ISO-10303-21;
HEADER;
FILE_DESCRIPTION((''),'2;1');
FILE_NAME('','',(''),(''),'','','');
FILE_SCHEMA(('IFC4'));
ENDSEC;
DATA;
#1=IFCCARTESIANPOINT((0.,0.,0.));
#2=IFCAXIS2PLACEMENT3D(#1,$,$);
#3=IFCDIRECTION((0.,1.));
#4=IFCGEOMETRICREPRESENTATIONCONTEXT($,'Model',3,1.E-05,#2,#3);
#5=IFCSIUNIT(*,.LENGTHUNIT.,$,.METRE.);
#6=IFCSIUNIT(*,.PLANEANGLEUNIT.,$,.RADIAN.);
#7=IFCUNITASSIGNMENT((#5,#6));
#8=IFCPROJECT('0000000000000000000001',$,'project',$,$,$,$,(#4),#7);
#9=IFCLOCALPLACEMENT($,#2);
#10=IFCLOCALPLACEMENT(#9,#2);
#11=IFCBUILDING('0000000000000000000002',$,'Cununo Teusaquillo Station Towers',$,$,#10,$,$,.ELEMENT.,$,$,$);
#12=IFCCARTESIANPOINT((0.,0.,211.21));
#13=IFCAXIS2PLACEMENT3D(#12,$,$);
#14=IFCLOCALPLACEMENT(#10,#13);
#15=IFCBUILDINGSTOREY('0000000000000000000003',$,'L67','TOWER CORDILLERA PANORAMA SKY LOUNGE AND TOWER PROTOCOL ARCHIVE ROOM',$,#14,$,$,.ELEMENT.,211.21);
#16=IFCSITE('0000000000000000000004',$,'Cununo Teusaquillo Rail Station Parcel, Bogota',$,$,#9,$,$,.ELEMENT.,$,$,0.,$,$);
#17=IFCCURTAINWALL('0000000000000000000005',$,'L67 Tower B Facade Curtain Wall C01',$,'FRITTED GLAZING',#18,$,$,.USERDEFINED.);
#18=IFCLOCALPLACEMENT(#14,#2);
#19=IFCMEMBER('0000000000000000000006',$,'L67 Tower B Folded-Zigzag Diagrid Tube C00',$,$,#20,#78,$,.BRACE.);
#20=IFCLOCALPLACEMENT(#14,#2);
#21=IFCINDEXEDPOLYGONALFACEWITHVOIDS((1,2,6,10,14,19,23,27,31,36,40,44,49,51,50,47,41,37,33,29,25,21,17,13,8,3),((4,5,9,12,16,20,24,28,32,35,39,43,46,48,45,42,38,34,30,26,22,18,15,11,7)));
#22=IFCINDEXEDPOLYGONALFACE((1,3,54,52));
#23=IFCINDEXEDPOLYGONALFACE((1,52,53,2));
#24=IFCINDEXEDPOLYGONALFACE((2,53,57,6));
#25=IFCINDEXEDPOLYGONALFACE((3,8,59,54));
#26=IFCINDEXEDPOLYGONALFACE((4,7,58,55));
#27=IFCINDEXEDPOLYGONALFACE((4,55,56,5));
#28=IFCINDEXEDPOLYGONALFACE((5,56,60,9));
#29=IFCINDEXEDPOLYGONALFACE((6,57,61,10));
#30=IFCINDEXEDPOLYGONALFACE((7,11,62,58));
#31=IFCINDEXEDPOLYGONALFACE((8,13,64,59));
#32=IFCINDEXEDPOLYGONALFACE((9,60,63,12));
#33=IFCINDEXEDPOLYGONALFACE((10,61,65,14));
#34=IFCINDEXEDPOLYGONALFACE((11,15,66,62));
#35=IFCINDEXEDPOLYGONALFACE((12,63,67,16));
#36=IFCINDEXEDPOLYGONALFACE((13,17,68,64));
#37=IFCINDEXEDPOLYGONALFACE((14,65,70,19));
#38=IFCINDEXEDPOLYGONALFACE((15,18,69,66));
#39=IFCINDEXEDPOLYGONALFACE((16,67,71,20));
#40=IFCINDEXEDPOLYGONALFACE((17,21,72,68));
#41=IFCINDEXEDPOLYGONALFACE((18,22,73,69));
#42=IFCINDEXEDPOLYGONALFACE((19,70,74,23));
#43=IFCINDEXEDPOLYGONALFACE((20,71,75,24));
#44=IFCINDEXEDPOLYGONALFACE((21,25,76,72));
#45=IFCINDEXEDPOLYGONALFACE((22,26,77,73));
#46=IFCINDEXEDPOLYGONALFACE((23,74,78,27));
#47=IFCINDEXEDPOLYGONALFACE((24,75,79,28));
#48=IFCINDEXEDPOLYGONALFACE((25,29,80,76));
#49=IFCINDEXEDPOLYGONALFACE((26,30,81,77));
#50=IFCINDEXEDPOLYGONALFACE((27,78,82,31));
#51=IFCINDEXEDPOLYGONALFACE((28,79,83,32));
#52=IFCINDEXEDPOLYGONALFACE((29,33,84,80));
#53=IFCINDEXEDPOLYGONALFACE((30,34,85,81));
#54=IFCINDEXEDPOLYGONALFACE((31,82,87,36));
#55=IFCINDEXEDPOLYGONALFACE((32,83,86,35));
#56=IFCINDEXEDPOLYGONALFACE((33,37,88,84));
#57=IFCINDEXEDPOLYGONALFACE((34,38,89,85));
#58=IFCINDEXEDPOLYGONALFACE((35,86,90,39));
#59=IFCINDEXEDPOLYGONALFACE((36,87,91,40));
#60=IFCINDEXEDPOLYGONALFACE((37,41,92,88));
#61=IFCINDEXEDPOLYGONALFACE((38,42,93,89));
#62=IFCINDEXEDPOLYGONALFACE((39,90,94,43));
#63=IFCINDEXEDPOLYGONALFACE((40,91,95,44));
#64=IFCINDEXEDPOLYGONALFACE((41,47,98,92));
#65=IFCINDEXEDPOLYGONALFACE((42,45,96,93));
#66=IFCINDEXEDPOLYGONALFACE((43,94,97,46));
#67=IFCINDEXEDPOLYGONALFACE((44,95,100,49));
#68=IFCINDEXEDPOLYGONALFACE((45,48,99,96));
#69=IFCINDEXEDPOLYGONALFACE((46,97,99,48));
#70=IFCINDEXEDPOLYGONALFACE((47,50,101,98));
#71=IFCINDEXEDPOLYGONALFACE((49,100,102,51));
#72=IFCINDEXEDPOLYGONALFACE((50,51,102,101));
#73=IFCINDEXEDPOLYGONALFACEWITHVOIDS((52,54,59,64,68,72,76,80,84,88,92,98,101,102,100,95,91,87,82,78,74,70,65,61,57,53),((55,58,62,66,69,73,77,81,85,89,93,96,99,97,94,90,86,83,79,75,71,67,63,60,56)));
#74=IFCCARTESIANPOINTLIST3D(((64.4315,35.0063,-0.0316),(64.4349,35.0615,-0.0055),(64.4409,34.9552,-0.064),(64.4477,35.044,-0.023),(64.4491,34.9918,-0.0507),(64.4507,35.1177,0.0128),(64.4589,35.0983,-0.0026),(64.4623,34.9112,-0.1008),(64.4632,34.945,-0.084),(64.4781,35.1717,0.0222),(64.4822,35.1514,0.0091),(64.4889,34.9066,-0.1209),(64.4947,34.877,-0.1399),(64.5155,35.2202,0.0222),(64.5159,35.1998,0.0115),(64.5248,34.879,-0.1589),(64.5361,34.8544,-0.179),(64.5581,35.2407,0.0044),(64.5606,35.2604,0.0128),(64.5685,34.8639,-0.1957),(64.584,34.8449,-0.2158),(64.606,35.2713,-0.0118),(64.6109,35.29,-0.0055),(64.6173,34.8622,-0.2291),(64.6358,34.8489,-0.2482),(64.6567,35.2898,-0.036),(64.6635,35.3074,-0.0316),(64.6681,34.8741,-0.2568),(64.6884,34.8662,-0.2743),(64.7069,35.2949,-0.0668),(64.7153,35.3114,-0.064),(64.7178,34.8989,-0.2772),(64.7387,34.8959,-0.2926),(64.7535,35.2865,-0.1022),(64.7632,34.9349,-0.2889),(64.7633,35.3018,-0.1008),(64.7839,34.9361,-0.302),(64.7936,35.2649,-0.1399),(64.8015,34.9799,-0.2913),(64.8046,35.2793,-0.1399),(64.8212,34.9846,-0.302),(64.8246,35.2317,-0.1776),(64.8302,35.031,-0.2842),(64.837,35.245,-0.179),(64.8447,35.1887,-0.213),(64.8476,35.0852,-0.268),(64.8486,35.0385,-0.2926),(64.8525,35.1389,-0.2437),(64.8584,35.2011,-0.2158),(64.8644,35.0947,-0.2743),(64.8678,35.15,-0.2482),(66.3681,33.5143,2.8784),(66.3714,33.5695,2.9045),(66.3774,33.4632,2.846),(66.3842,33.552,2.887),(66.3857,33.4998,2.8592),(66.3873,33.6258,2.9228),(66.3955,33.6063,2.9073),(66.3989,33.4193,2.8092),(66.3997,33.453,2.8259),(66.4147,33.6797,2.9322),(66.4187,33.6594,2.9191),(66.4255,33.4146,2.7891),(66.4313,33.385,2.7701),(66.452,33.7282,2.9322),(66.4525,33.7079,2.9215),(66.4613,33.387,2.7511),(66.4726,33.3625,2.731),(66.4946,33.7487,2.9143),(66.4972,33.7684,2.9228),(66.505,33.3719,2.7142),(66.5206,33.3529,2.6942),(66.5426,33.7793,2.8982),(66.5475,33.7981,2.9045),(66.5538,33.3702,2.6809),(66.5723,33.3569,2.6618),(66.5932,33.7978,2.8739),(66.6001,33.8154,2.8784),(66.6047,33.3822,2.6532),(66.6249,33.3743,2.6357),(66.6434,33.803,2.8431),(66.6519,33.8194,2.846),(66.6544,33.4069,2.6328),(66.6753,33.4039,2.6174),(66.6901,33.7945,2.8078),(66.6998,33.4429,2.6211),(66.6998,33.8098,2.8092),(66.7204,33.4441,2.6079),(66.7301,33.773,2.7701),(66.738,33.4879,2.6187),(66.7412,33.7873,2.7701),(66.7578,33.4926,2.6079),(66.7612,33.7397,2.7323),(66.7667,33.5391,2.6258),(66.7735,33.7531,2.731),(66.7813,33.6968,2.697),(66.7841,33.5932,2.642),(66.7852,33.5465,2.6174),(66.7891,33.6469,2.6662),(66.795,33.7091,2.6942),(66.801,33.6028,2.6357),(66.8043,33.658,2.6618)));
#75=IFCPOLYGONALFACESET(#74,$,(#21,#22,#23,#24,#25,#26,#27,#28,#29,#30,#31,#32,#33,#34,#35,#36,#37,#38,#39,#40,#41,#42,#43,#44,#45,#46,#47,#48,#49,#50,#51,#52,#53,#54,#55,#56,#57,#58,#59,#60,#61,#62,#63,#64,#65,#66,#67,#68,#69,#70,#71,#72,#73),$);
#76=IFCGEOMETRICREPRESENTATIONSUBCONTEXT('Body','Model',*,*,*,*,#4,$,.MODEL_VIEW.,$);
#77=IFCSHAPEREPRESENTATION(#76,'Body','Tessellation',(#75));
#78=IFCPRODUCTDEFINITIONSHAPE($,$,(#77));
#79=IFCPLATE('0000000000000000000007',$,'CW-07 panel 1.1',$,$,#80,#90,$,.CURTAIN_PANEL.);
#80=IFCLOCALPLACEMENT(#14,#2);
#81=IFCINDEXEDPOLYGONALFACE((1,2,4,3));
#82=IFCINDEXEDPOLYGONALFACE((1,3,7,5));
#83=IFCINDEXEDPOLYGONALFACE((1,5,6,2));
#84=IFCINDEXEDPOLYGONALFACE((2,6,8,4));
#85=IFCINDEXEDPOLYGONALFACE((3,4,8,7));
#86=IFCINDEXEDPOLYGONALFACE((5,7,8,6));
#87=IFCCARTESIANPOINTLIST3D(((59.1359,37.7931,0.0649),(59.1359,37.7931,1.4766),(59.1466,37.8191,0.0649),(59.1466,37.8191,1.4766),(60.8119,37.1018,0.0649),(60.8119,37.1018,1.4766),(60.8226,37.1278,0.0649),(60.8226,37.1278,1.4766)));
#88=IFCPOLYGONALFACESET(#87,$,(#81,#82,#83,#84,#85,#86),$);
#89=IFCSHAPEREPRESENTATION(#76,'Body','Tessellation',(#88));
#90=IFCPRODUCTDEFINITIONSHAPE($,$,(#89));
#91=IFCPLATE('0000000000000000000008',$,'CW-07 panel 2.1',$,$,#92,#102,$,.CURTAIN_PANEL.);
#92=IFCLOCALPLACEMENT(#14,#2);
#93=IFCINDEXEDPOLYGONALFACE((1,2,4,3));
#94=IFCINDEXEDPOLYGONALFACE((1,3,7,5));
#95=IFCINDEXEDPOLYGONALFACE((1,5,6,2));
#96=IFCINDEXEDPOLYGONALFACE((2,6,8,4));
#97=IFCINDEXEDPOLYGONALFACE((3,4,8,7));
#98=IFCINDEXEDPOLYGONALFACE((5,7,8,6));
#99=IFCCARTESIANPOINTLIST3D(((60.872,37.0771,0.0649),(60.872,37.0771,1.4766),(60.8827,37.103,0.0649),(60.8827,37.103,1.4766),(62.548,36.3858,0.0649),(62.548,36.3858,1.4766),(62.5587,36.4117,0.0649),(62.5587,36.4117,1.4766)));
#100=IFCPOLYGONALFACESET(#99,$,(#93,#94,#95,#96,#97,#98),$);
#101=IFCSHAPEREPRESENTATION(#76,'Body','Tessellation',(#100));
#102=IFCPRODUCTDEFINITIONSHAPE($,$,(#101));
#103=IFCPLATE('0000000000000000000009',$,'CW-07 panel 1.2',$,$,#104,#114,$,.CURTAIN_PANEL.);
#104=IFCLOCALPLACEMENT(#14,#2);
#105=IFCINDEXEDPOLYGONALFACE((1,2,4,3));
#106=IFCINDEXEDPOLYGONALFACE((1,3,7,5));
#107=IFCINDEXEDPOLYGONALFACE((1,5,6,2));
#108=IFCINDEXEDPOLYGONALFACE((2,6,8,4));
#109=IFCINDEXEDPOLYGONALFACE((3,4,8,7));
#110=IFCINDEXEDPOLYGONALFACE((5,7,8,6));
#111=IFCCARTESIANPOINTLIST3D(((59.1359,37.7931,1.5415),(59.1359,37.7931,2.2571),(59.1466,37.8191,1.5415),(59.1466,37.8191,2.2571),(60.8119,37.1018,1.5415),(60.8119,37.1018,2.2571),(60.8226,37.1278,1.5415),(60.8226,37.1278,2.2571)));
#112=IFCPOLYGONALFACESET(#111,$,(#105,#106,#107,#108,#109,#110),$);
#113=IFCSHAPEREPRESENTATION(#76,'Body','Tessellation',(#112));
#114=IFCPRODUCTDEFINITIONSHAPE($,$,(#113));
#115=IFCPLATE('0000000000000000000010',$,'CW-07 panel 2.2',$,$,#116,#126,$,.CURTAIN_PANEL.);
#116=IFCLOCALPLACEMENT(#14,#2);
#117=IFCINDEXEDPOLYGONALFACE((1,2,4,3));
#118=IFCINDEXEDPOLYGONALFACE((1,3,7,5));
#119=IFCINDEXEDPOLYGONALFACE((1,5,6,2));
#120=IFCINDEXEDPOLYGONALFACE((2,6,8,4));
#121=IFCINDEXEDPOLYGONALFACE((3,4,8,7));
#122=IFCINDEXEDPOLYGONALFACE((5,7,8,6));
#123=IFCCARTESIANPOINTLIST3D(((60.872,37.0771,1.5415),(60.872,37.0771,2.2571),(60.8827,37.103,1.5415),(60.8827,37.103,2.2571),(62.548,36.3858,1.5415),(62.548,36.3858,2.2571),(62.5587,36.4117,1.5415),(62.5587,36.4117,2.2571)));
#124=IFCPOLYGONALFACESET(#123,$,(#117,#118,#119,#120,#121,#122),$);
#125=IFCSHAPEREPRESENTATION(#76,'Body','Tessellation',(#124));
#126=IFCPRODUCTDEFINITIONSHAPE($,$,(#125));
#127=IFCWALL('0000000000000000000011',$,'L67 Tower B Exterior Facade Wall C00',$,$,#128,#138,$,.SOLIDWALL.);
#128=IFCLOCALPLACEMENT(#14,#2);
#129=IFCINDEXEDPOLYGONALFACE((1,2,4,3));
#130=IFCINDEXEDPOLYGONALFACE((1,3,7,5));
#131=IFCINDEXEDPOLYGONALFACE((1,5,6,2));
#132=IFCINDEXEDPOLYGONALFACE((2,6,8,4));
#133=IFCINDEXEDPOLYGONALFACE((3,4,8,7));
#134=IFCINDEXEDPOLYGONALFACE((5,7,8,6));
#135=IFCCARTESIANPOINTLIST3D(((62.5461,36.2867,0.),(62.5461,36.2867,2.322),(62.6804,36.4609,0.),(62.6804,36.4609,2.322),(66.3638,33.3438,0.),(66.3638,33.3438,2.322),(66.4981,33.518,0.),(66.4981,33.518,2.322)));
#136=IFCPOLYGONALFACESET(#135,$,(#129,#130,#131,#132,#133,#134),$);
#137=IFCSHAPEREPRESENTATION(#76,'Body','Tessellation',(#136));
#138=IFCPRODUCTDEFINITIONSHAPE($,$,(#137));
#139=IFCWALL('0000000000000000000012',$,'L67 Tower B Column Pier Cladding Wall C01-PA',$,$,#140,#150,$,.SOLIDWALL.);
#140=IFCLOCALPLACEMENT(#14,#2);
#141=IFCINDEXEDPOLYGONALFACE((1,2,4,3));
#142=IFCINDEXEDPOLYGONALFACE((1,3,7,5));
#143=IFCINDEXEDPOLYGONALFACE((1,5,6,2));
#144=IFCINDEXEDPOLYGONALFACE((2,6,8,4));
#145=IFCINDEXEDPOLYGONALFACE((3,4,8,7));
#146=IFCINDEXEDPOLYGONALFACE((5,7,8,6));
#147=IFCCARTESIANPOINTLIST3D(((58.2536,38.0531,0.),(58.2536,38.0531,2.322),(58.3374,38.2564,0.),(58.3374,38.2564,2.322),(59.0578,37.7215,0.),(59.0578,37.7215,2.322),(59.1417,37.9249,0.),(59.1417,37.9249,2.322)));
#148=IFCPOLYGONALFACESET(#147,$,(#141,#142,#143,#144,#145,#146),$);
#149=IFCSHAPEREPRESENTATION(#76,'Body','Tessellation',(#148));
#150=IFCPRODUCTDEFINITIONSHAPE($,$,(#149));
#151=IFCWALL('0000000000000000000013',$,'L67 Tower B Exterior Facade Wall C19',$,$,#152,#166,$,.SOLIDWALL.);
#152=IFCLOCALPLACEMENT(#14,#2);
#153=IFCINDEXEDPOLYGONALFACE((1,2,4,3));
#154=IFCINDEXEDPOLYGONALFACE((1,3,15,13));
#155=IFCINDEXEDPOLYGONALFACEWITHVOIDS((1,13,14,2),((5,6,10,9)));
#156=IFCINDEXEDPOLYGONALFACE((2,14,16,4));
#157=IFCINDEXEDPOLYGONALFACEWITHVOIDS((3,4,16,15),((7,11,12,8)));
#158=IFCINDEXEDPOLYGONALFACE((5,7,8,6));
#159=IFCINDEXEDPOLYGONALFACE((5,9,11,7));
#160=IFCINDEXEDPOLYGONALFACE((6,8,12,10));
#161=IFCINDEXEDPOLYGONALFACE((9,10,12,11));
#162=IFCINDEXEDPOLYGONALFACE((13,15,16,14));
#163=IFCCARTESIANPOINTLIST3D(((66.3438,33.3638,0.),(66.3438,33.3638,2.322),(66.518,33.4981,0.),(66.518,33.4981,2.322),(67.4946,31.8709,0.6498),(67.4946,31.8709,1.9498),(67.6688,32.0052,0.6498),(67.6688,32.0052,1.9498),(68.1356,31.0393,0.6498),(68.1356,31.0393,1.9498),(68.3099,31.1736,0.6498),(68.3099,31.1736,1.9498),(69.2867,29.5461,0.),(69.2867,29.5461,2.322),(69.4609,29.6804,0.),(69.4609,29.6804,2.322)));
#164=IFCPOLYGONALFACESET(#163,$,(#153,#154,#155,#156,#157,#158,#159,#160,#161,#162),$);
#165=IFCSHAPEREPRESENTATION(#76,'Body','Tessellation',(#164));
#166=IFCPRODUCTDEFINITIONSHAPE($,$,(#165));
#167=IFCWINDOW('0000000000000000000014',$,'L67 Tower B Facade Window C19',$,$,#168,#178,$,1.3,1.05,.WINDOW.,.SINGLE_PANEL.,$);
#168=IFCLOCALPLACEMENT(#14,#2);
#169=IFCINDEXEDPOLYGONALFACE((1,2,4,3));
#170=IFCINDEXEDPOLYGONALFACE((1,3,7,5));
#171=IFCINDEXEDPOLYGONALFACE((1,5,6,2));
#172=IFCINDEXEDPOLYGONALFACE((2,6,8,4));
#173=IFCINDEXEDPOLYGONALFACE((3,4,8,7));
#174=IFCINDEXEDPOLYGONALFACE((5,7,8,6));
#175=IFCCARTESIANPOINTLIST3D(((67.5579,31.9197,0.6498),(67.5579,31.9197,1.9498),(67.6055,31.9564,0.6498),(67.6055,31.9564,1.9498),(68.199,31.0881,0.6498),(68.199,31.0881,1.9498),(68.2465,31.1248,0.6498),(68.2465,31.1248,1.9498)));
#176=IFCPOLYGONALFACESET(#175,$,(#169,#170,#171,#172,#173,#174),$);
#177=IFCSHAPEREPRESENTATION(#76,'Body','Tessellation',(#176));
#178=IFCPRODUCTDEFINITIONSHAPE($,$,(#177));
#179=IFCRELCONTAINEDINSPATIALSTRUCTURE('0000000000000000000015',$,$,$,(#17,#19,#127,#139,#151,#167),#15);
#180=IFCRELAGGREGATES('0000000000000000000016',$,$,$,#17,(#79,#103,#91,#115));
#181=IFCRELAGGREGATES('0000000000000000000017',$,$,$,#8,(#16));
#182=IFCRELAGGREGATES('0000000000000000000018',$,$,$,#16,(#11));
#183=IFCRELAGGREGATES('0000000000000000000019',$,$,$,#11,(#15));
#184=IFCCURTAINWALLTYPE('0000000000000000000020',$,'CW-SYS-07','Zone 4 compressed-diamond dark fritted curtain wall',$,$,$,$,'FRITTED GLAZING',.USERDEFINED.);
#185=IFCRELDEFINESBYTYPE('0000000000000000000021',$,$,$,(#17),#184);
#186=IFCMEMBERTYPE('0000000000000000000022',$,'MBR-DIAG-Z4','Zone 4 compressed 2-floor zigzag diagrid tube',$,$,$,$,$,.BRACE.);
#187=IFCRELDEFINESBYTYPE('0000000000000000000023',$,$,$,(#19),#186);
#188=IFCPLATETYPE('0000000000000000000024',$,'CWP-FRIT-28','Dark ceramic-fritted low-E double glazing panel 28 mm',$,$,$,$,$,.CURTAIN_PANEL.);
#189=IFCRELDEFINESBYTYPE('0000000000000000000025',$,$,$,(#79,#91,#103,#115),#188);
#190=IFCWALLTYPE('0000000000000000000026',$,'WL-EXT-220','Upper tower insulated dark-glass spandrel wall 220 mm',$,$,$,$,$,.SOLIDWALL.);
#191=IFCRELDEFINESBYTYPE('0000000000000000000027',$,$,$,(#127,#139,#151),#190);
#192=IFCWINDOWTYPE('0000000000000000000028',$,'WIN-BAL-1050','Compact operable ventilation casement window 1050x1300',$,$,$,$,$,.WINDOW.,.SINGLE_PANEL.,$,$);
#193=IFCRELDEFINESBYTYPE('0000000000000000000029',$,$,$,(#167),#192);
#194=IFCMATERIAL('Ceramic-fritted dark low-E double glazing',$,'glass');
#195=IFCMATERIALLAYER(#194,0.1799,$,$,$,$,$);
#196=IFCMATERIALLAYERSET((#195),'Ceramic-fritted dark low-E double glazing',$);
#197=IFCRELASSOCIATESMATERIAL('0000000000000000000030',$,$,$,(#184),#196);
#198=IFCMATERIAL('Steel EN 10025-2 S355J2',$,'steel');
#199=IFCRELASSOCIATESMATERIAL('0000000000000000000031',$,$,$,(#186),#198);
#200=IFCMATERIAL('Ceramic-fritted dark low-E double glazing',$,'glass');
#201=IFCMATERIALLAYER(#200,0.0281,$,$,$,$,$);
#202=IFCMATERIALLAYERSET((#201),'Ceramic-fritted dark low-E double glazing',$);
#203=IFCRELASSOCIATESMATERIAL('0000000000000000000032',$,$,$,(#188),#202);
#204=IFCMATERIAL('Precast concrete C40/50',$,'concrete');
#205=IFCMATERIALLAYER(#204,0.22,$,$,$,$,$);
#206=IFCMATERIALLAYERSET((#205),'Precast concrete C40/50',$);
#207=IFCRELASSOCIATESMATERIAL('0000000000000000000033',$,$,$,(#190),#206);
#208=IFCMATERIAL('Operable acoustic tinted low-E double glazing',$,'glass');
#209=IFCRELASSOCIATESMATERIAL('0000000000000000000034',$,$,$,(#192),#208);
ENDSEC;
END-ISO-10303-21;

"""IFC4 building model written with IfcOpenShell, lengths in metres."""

from ifc_helpers import new_model, si_unit, direction, frame, frame_2d, origin, origin_2d, place, context, subcontext, project, spatial, rectangle, hollow_circle, extrude, source, transform, mapped, material, layer, layer_set, material_profile, profile_set, type_object, element, fill, aggregate, save


model = new_model("IFC4")

# Units and contexts
model_context = context("Model", 3, precision=1e-05, world=origin(), true_north=direction((0.0, 1.0)))
body_context = subcontext(model_context, "Body", "Model", "MODEL_VIEW")
ifc_project = project(units=[si_unit("LENGTHUNIT", "METRE"), si_unit("PLANEANGLEUNIT", "RADIAN")], contexts=[model_context])

# Site, building, storey
site_placement = place(None, origin())
site = spatial("IfcSite", under=ifc_project, at=site_placement, Name="Cununo Teusaquillo Rail Station Parcel, Bogota", CompositionType="ELEMENT", RefElevation=0.0)
building_placement = place(site_placement, origin())
building = spatial("IfcBuilding", under=site, at=building_placement, Name="Cununo Teusaquillo Station Towers", CompositionType="ELEMENT")
storey_placement = place(building_placement, frame((0.0, 0.0, 211.21)))
storey = spatial("IfcBuildingStorey", under=building, at=storey_placement, Name="L67", Description="TOWER CORDILLERA PANORAMA SKY LOUNGE AND TOWER PROTOCOL ARCHIVE ROOM", CompositionType="ELEMENT", Elevation=211.21)

# Curtain wall
ifc_material_1 = material(Name="Ceramic-fritted dark low-E double glazing", Category="glass")
ifc_layer_1 = layer(ifc_material_1, 0.1799)
ifc_layer_set_1 = layer_set([ifc_layer_1], Name="Ceramic-fritted dark low-E double glazing")
curtain_wall_type = type_object("IfcCurtainWallType", Name="CW-SYS-07", Description="Zone 4 compressed-diamond dark fritted curtain wall", ElementType="FRITTED GLAZING", PredefinedType="USERDEFINED", material=ifc_layer_set_1)
curtain_wall_placement = place(storey_placement, origin())
curtain_wall = element("IfcCurtainWall", 1, at=curtain_wall_placement, inside=storey, type_object=curtain_wall_type, Name="L67 Tower B Facade Curtain Wall C01", ObjectType="FRITTED GLAZING", PredefinedType="USERDEFINED")

# Member
ifc_material_2 = material(Name="Steel EN 10025-2 S355J2", Category="steel")
ifc_material_profile_1 = material_profile(ifc_material_2, hollow_circle(Radius=0.2539, WallThickness=0.0181, at=origin_2d()), Name="CHS 508x18")
ifc_profile_set_1 = profile_set([ifc_material_profile_1], Name="Steel EN 10025-2 S355J2")
member_type_1 = type_object("IfcMemberType", Name="MBR-DIAG-Z4", Description="Zone 4 compressed 2-floor zigzag diagrid tube", PredefinedType="BRACE", material=ifc_profile_set_1)
member_1_placement = place(storey_placement, frame((64.6497, 35.0781, -0.1399), z_axis=(0.509548, -0.392568, 0.765671), x_axis=(0.610304, 0.792167, 0.0)))
element("IfcMember", 2, at=member_1_placement, inside=storey, type_object=member_type_1, Name="L67 Tower B Folded-Zigzag Diagrid Tube C00", PredefinedType="BRACE", context=body_context, shape_type="SweptSolid", body=[
    extrude(hollow_circle(Radius=0.2539, WallThickness=0.0181, at=origin_2d()), origin(), (0.0, 0.0, 1.0), 3.8005),
])

# Plates
ifc_material_3 = material(Name="Ceramic-fritted dark low-E double glazing", Category="glass")
ifc_layer_2 = layer(ifc_material_3, 0.0281)
ifc_layer_set_2 = layer_set([ifc_layer_2], Name="Ceramic-fritted dark low-E double glazing")
plate_type = type_object("IfcPlateType", Name="CWP-FRIT-28", Description="Dark ceramic-fritted low-E double glazing panel 28 mm", PredefinedType="CURTAIN_PANEL", material=ifc_layer_set_2)
shared_shape_1 = source(origin(), body_context, "Body", "SweptSolid", [
    extrude(rectangle(XDim=1.813, YDim=0.0281, at=origin_2d()), origin(), (0.0, 0.0, 1.0), 1.4116),
])
plate_1_placement = place(storey_placement, frame((59.9792, 37.4604, 0.0649), z_axis=(0.0, 0.0, 1.0), x_axis=(0.924447, -0.381311, 0.0)))
plate_1 = element("IfcPlate", 3, at=plate_1_placement, type_object=plate_type, Name="CW-07 panel 1.1", PredefinedType="CURTAIN_PANEL", context=body_context, shape_type="MappedRepresentation", body=[
    mapped(shared_shape_1, transform((0.0, 0.0, 0.0), x_axis=(1.0, 0.0, 0.0), y_axis=(0.0, 1.0, 0.0), z_axis=(0.0, 0.0, 1.0), scale=1.0)),
])
plate_2_placement = place(storey_placement, frame((61.7153, 36.7444, 0.0649), z_axis=(0.0, 0.0, 1.0), x_axis=(0.924447, -0.381311, 0.0)))
plate_2 = element("IfcPlate", 4, at=plate_2_placement, type_object=plate_type, Name="CW-07 panel 2.1", PredefinedType="CURTAIN_PANEL", context=body_context, shape_type="MappedRepresentation", body=[
    mapped(shared_shape_1, transform((0.0, 0.0, 0.0), x_axis=(1.0, 0.0, 0.0), y_axis=(0.0, 1.0, 0.0), z_axis=(0.0, 0.0, 1.0), scale=1.0)),
])
shared_shape_2 = source(origin(), body_context, "Body", "SweptSolid", [
    extrude(rectangle(XDim=1.813, YDim=0.0281, at=origin_2d()), origin(), (0.0, 0.0, 1.0), 0.7156),
])
plate_3_placement = place(storey_placement, frame((59.9792, 37.4604, 1.5415), z_axis=(0.0, 0.0, 1.0), x_axis=(0.924447, -0.381311, 0.0)))
plate_3 = element("IfcPlate", 5, at=plate_3_placement, type_object=plate_type, Name="CW-07 panel 1.2", PredefinedType="CURTAIN_PANEL", context=body_context, shape_type="MappedRepresentation", body=[
    mapped(shared_shape_2, transform((0.0, 0.0, 0.0), x_axis=(1.0, 0.0, 0.0), y_axis=(0.0, 1.0, 0.0), z_axis=(0.0, 0.0, 1.0), scale=1.0)),
])
plate_4_placement = place(storey_placement, frame((61.7153, 36.7444, 1.5415), z_axis=(0.0, 0.0, 1.0), x_axis=(0.924447, -0.381311, 0.0)))
plate_4 = element("IfcPlate", 6, at=plate_4_placement, type_object=plate_type, Name="CW-07 panel 2.2", PredefinedType="CURTAIN_PANEL", context=body_context, shape_type="MappedRepresentation", body=[
    mapped(shared_shape_2, transform((0.0, 0.0, 0.0), x_axis=(1.0, 0.0, 0.0), y_axis=(0.0, 1.0, 0.0), z_axis=(0.0, 0.0, 1.0), scale=1.0)),
])
aggregate(curtain_wall, [plate_1, plate_3, plate_2, plate_4])

# Walls
ifc_material_4 = material(Name="Precast concrete C40/50", Category="concrete")
ifc_layer_3 = layer(ifc_material_4, 0.22)
ifc_layer_set_3 = layer_set([ifc_layer_3], Name="Precast concrete C40/50")
wall_type = type_object("IfcWallType", Name="WL-EXT-220", Description="Upper tower insulated dark-glass spandrel wall 220 mm", PredefinedType="SOLIDWALL", material=ifc_layer_set_3)
wall_1_placement = place(storey_placement, frame((62.6133, 36.3738, 0.0), z_axis=(0.0, 0.0, 1.0), x_axis=(0.791998, -0.610523, 0.0)))
element("IfcWall", 7, at=wall_1_placement, inside=storey, type_object=wall_type, Name="L67 Tower B Exterior Facade Wall C00", PredefinedType="SOLIDWALL", context=body_context, shape_type="SweptSolid", body=[
    extrude(rectangle(XDim=4.8203, YDim=0.22, at=frame_2d((2.4102, 0.0))), origin(), (0.0, 0.0, 1.0), 2.322),
])
wall_2_placement = place(storey_placement, frame((58.2954, 38.1548, 0.0), z_axis=(0.0, 0.0, 1.0), x_axis=(0.924515, -0.381145, 0.0)))
element("IfcWall", 8, at=wall_2_placement, inside=storey, type_object=wall_type, Name="L67 Tower B Column Pier Cladding Wall C01-PA", PredefinedType="SOLIDWALL", context=body_context, shape_type="SweptSolid", body=[
    extrude(rectangle(XDim=0.8699, YDim=0.22, at=frame_2d((0.4351, 0.0))), origin(), (0.0, 0.0, 1.0), 2.322),
])

# Wall, opening, window
wall_3_placement = place(storey_placement, frame((66.4309, 33.4309, 0.0), z_axis=(0.0, 0.0, 1.0), x_axis=(0.610523, -0.791998, 0.0)))
wall_3 = element("IfcWall", 9, at=wall_3_placement, inside=storey, type_object=wall_type, Name="L67 Tower B Exterior Facade Wall C19", PredefinedType="SOLIDWALL", context=body_context, shape_type="SweptSolid", body=[
    extrude(rectangle(XDim=4.8203, YDim=0.22, at=frame_2d((2.4102, 0.0))), origin(), (0.0, 0.0, 1.0), 2.322),
])
shared_shape_3 = source(origin(), body_context, "Body", "SweptSolid", [
    extrude(rectangle(XDim=1.05, YDim=1.3, at=frame_2d((0.5249, 0.6499))), frame((0.0, 0.1199, 0.0), z_axis=(0.0, -1.0, 0.0), x_axis=(1.0, 0.0, 0.0)), (0.0, 0.0, 1.0), 0.24),
])
opening_placement = place(wall_3_placement, frame((1.885, 0.0, 0.6499)))
opening = element("IfcOpeningElement", 10, at=opening_placement, cuts=wall_3, PredefinedType="OPENING", context=body_context, shape_type="MappedRepresentation", body=[
    mapped(shared_shape_3, transform((0.0, 0.0, 0.0), x_axis=(1.0, 0.0, 0.0), y_axis=(0.0, 1.0, 0.0), z_axis=(0.0, 0.0, 1.0), scale=1.0)),
])
ifc_material_5 = material(Name="Operable acoustic tinted low-E double glazing", Category="glass")
window_type = type_object("IfcWindowType", Name="WIN-BAL-1050", Description="Compact operable ventilation casement window 1050x1300", PartitioningType="SINGLE_PANEL", PredefinedType="WINDOW", material=ifc_material_5)
shared_shape_4 = source(origin(), body_context, "Body", "SweptSolid", [
    extrude(rectangle(XDim=1.05, YDim=1.3, at=frame_2d((0.5249, 0.6499))), frame((0.0, 0.03, 0.0), z_axis=(0.0, -1.0, 0.0), x_axis=(1.0, 0.0, 0.0)), (0.0, 0.0, 1.0), 0.0601),
])
window_placement = place(opening_placement, origin())
window = element("IfcWindow", 11, at=window_placement, inside=storey, type_object=window_type, Name="L67 Tower B Facade Window C19", OverallHeight=1.3, OverallWidth=1.05, PartitioningType="SINGLE_PANEL", PredefinedType="WINDOW", context=body_context, shape_type="MappedRepresentation", body=[
    mapped(shared_shape_4, transform((0.0, 0.0, 0.0), x_axis=(1.0, 0.0, 0.0), y_axis=(0.0, 1.0, 0.0), z_axis=(0.0, 0.0, 1.0), scale=1.0)),
])
fill(opening, window)

save(model, "model.ifc")
